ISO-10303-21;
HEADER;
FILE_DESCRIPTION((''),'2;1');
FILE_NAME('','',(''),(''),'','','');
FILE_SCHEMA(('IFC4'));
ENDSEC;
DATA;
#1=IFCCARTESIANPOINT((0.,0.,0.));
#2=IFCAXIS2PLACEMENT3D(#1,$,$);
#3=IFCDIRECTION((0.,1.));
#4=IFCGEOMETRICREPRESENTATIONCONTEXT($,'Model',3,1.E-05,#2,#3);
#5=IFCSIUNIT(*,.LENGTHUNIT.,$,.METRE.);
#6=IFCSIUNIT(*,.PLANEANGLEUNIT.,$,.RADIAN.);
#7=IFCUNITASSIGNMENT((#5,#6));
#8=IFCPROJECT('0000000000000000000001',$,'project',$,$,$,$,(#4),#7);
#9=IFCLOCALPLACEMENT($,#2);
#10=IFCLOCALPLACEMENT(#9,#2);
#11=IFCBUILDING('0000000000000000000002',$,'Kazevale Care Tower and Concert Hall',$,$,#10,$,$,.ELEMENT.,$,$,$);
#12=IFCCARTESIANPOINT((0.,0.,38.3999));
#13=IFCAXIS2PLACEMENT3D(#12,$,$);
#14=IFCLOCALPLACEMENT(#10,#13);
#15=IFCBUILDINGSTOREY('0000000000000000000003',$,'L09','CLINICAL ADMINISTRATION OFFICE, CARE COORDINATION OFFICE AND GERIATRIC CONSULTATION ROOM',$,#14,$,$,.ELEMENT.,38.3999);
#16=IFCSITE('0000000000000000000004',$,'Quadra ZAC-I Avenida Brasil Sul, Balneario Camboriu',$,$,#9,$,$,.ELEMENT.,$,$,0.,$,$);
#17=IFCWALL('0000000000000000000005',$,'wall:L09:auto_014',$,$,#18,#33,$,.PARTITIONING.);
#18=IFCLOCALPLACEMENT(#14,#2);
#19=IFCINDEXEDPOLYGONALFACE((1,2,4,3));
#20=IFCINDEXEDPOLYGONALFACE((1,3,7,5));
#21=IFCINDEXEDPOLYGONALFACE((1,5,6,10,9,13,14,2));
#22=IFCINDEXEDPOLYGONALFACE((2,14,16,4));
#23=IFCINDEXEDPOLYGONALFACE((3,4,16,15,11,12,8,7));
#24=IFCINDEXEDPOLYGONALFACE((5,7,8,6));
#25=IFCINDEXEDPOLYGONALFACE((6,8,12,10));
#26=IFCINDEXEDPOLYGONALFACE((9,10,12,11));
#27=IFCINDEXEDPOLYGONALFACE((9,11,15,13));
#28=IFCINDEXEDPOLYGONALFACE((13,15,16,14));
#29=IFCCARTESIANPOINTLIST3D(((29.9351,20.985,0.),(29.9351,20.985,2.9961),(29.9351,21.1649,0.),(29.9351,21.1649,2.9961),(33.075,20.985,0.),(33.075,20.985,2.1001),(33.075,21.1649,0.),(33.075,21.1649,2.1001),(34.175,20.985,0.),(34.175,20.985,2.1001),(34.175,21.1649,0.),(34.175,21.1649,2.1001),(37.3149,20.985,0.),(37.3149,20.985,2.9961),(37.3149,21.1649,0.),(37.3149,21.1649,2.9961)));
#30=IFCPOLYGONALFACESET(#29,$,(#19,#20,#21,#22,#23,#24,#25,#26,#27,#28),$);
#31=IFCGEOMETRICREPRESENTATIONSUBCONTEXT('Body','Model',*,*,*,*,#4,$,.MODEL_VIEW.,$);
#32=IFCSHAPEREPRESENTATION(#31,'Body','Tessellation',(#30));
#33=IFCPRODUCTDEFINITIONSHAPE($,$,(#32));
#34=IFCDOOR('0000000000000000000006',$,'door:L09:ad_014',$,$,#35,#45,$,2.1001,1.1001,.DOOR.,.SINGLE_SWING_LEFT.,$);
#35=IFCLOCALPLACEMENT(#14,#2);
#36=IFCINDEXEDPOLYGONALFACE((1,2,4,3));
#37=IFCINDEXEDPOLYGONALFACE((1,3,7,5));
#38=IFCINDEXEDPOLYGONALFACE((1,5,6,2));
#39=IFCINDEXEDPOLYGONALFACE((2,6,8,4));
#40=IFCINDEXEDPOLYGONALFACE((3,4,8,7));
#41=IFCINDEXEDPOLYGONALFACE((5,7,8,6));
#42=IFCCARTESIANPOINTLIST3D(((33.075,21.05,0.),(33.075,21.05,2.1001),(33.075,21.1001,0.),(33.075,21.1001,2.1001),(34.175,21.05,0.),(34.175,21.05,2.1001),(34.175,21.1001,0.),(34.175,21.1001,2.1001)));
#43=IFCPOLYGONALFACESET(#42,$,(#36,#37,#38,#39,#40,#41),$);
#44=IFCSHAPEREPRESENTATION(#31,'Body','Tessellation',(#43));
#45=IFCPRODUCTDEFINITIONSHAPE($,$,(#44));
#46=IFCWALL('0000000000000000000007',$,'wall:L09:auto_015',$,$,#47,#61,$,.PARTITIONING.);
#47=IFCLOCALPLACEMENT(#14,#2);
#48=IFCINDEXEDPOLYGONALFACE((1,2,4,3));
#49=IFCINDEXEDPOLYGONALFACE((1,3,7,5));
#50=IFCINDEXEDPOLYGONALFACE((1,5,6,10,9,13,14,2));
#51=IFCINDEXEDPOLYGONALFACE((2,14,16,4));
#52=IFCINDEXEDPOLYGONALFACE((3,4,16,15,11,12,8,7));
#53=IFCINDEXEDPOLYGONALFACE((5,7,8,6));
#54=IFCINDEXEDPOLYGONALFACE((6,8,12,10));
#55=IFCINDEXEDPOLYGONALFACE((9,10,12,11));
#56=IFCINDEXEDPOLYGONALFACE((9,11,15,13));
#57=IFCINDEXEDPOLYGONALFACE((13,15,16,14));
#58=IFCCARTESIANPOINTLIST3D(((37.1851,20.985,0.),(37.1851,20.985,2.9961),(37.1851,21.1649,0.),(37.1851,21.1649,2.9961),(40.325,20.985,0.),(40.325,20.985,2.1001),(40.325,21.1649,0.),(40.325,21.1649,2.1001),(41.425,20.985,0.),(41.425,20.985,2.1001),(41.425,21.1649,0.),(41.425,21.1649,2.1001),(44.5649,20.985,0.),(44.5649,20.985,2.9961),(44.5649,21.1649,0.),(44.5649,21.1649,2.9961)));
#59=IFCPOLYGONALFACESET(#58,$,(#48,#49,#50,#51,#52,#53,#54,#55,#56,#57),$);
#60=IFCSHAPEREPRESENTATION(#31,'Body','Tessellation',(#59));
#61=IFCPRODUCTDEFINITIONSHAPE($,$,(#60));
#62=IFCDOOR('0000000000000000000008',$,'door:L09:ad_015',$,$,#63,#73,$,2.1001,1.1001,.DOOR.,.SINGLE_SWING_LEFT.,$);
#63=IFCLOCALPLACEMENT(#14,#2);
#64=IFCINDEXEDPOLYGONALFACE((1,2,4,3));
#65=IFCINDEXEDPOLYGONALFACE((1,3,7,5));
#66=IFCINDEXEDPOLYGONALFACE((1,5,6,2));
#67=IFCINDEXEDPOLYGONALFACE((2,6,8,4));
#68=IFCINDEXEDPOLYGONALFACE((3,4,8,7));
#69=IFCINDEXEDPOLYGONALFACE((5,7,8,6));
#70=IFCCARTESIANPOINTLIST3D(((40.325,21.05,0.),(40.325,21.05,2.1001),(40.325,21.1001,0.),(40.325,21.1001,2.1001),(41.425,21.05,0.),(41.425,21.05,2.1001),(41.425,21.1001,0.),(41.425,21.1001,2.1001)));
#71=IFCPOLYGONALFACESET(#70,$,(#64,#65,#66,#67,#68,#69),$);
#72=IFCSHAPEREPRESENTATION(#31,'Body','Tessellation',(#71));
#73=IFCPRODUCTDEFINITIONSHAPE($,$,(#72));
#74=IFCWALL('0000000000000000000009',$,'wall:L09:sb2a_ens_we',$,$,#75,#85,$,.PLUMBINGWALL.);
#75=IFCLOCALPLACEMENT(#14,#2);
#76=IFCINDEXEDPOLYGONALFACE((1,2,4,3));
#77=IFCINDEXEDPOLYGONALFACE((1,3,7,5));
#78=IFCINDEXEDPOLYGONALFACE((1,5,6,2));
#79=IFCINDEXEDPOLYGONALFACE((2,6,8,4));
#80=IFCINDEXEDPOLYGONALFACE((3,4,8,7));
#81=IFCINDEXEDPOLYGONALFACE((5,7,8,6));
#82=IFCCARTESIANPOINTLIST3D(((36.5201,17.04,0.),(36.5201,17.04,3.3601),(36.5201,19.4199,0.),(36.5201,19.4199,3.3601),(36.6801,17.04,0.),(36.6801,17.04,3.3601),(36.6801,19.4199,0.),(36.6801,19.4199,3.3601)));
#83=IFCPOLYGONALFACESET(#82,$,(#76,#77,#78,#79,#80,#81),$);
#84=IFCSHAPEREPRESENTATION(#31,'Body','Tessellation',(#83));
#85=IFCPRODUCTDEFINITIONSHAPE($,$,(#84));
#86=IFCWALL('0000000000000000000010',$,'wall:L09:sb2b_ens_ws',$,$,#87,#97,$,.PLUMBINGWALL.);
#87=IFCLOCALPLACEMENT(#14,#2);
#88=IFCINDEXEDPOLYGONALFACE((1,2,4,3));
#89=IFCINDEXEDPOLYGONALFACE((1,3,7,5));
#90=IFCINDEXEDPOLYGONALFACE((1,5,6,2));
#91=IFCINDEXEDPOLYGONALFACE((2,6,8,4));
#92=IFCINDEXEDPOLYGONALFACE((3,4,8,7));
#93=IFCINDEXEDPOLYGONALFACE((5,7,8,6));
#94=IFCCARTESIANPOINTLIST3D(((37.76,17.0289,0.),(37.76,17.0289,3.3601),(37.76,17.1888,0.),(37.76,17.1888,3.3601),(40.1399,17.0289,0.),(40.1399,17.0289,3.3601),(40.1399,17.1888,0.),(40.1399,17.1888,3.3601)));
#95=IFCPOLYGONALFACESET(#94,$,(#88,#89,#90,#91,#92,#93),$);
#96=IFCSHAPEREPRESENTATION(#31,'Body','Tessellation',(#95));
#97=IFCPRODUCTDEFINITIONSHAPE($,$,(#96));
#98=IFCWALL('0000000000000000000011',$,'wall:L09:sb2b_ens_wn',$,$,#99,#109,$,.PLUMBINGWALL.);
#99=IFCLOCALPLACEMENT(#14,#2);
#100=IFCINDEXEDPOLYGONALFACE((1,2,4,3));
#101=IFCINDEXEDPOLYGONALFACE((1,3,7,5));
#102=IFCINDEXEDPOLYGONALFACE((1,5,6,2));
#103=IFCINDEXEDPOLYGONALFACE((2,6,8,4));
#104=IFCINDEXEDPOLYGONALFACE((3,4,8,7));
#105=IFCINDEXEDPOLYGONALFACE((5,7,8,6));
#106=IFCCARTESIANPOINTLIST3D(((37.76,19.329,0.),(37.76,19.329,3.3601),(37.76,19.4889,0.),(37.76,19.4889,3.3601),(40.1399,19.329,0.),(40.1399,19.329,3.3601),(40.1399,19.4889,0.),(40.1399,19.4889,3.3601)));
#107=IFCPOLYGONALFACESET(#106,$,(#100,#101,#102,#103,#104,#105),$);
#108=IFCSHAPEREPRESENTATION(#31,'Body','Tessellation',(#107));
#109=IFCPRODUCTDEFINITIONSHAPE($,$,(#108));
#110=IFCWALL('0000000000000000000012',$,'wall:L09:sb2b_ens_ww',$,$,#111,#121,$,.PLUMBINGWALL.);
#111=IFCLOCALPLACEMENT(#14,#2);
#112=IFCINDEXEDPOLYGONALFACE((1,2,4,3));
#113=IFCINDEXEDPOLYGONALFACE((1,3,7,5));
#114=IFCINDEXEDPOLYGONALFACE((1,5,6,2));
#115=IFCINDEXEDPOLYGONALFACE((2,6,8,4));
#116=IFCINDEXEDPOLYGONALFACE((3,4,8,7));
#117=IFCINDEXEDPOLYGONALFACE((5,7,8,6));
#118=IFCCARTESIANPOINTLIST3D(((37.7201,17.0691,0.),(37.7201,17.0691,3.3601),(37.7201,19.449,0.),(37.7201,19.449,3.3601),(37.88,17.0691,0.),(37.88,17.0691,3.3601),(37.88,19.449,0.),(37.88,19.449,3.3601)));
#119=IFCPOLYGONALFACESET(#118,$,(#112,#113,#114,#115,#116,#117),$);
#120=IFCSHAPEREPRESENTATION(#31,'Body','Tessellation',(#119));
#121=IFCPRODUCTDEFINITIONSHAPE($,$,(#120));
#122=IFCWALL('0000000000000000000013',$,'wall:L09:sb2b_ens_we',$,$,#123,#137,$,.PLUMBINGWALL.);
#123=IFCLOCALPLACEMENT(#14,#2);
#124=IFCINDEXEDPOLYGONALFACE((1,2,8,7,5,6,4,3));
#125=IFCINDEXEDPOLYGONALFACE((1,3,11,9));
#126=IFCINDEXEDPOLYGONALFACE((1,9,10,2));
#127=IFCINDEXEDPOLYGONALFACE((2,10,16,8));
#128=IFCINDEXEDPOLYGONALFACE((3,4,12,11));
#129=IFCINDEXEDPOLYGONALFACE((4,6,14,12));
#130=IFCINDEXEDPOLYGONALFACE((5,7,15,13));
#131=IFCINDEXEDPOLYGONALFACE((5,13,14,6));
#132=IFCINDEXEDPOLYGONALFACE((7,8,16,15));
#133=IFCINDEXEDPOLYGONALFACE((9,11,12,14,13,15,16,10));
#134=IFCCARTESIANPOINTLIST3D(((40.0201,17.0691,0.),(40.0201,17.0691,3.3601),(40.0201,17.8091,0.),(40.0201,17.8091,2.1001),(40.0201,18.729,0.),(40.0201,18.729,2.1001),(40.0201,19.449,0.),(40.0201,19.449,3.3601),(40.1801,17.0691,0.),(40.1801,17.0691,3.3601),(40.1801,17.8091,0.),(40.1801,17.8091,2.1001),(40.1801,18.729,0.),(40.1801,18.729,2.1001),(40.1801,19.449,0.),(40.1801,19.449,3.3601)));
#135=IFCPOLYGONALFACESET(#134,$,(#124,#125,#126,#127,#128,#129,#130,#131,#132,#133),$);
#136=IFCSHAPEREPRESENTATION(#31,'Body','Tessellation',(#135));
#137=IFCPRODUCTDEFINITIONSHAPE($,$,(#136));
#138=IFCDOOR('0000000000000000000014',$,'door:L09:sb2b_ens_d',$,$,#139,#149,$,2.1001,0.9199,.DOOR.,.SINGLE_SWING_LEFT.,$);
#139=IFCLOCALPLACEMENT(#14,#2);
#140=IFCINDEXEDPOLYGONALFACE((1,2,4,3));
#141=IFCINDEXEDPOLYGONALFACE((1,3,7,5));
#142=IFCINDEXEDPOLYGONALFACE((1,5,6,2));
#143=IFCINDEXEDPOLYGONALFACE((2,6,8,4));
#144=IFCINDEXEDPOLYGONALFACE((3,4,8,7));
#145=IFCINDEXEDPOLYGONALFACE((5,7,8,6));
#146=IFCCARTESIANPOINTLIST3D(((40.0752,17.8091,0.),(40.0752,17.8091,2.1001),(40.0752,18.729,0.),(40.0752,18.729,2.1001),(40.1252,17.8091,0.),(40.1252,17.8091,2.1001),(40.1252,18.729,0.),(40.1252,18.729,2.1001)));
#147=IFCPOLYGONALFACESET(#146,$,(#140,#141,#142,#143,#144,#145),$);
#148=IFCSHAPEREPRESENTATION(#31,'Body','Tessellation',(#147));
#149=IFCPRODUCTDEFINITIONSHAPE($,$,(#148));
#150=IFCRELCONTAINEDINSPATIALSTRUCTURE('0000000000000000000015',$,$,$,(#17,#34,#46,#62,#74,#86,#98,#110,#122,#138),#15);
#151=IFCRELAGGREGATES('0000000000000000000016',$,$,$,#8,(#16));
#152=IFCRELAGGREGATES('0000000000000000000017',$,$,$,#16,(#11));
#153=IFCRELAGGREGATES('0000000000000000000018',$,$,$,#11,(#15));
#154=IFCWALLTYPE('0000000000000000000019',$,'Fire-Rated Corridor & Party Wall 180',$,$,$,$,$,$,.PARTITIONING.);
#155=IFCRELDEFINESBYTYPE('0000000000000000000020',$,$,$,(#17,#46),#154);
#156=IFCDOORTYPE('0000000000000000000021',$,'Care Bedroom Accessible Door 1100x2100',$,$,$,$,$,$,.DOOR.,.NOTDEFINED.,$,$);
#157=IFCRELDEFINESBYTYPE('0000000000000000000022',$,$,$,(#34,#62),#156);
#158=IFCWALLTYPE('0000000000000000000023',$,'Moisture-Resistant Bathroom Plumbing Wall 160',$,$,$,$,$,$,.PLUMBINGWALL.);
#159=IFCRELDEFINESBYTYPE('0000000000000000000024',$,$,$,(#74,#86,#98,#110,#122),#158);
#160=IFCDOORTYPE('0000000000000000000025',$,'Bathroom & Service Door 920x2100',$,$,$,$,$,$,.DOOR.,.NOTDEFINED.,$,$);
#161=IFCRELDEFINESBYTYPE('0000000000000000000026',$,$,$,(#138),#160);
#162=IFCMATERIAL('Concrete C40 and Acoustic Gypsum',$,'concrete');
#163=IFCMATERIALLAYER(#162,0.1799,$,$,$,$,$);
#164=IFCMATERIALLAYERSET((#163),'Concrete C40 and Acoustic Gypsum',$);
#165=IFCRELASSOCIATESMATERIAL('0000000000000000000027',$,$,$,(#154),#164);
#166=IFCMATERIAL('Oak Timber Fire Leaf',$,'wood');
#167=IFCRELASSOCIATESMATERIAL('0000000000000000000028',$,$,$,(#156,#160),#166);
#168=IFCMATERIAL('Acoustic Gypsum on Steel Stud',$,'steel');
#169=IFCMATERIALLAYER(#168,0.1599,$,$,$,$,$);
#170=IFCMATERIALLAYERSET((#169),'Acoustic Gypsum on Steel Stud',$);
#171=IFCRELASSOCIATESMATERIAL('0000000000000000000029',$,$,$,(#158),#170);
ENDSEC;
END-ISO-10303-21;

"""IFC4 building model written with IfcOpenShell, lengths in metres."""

from ifc_helpers import new_model, si_unit, direction, frame, frame_2d, origin, place, context, subcontext, project, spatial, rectangle, extrude, material, layer, layer_set, type_object, element, fill, save


model = new_model("IFC4")

# Units and contexts
model_context = context("Model", 3, precision=1e-05, world=origin(), true_north=direction((0.0, 1.0)))
body_context = subcontext(model_context, "Body", "Model", "MODEL_VIEW")
ifc_project = project(units=[si_unit("LENGTHUNIT", "METRE"), si_unit("PLANEANGLEUNIT", "RADIAN")], contexts=[model_context])

# Site, building, storey
site_placement = place(None, origin())
site = spatial("IfcSite", under=ifc_project, at=site_placement, Name="Quadra ZAC-I Avenida Brasil Sul, Balneario Camboriu", CompositionType="ELEMENT", RefElevation=0.0)
building_placement = place(site_placement, origin())
building = spatial("IfcBuilding", under=site, at=building_placement, Name="Kazevale Care Tower and Concert Hall", CompositionType="ELEMENT")
storey_placement = place(building_placement, frame((0.0, 0.0, 38.3999)))
storey = spatial("IfcBuildingStorey", under=building, at=storey_placement, Name="L09", Description="CLINICAL ADMINISTRATION OFFICE, CARE COORDINATION OFFICE AND GERIATRIC CONSULTATION ROOM", CompositionType="ELEMENT", Elevation=38.3999)

# Shared definitions
ifc_material_1 = material(Name="Acoustic Gypsum on Steel Stud", Category="steel")

# Walls, openings, doors
ifc_material_2 = material(Name="Concrete C40 and Acoustic Gypsum", Category="concrete")
ifc_layer_1 = layer(ifc_material_2, 0.1799)
ifc_layer_set_1 = layer_set([ifc_layer_1], Name="Concrete C40 and Acoustic Gypsum")
wall_type_1 = type_object("IfcWallType", Name="Fire-Rated Corridor & Party Wall 180", PredefinedType="PARTITIONING", material=ifc_layer_set_1)
wall_1_placement = place(storey_placement, frame((37.3149, 21.075, 0.0), z_axis=(0.0, 0.0, 1.0), x_axis=(-1.0, 0.0, 0.0)))
wall_1 = element("IfcWall", 1, at=wall_1_placement, inside=storey, type_object=wall_type_1, Name="wall:L09:auto_014", PredefinedType="PARTITIONING", context=body_context, shape_type="SweptSolid", body=[
    extrude(rectangle(XDim=7.3799, YDim=0.1799, at=frame_2d((3.6899, 0.0))), origin(), (0.0, 0.0, 1.0), 2.9961),
])
opening_1_placement = place(wall_1_placement, frame((3.1399, 0.0, 0.0)))
opening_1 = element("IfcOpeningElement", 2, at=opening_1_placement, cuts=wall_1, PredefinedType="OPENING", context=body_context, shape_type="SweptSolid", body=[
    extrude(rectangle(XDim=1.1001, YDim=2.1001, at=frame_2d((0.55, 1.05))), frame((0.0, 0.0999, 0.0), z_axis=(0.0, -1.0, 0.0), x_axis=(1.0, 0.0, 0.0)), (0.0, 0.0, 1.0), 0.2),
])
ifc_material_3 = material(Name="Oak Timber Fire Leaf", Category="wood")
door_type_1 = type_object("IfcDoorType", Name="Care Bedroom Accessible Door 1100x2100", OperationType="NOTDEFINED", PredefinedType="DOOR", material=ifc_material_3)
door_1_placement = place(opening_1_placement, origin())
door_1 = element("IfcDoor", 3, at=door_1_placement, inside=storey, type_object=door_type_1, Name="door:L09:ad_014", OperationType="SINGLE_SWING_LEFT", OverallHeight=2.1001, OverallWidth=1.1001, PredefinedType="DOOR", context=body_context, shape_type="SweptSolid", body=[
    extrude(rectangle(XDim=1.1001, YDim=2.1001, at=frame_2d((0.55, 1.05))), frame((0.0, 0.0249, 0.0), z_axis=(0.0, -1.0, 0.0), x_axis=(1.0, 0.0, 0.0)), (0.0, 0.0, 1.0), 0.05),
])
fill(opening_1, door_1)
wall_2_placement = place(storey_placement, frame((44.5649, 21.075, 0.0), z_axis=(0.0, 0.0, 1.0), x_axis=(-1.0, 0.0, 0.0)))
wall_2 = element("IfcWall", 4, at=wall_2_placement, inside=storey, type_object=wall_type_1, Name="wall:L09:auto_015", PredefinedType="PARTITIONING", context=body_context, shape_type="SweptSolid", body=[
    extrude(rectangle(XDim=7.3799, YDim=0.1799, at=frame_2d((3.6899, 0.0))), origin(), (0.0, 0.0, 1.0), 2.9961),
])
opening_2_placement = place(wall_2_placement, frame((3.1399, 0.0, 0.0)))
opening_2 = element("IfcOpeningElement", 5, at=opening_2_placement, cuts=wall_2, PredefinedType="OPENING", context=body_context, shape_type="SweptSolid", body=[
    extrude(rectangle(XDim=1.1001, YDim=2.1001, at=frame_2d((0.55, 1.05))), frame((0.0, 0.0999, 0.0), z_axis=(0.0, -1.0, 0.0), x_axis=(1.0, 0.0, 0.0)), (0.0, 0.0, 1.0), 0.2),
])
door_2_placement = place(opening_2_placement, origin())
door_2 = element("IfcDoor", 6, at=door_2_placement, inside=storey, type_object=door_type_1, Name="door:L09:ad_015", OperationType="SINGLE_SWING_LEFT", OverallHeight=2.1001, OverallWidth=1.1001, PredefinedType="DOOR", context=body_context, shape_type="SweptSolid", body=[
    extrude(rectangle(XDim=1.1001, YDim=2.1001, at=frame_2d((0.55, 1.05))), frame((0.0, 0.0249, 0.0), z_axis=(0.0, -1.0, 0.0), x_axis=(1.0, 0.0, 0.0)), (0.0, 0.0, 1.0), 0.05),
])
fill(opening_2, door_2)

# Walls
ifc_layer_2 = layer(ifc_material_1, 0.1599)
ifc_layer_set_2 = layer_set([ifc_layer_2], Name="Acoustic Gypsum on Steel Stud")
wall_type_2 = type_object("IfcWallType", Name="Moisture-Resistant Bathroom Plumbing Wall 160", PredefinedType="PLUMBINGWALL", material=ifc_layer_set_2)
for number, where, z_axis, x_axis, name in (
    (7, (36.6001, 17.04, 0.0), (0.0, 0.0, 1.0), (0.0, 1.0, 0.0), "wall:L09:sb2a_ens_we"),
    (8, (37.76, 17.1089, 0.0), (0.0, 0.0, 1.0), (1.0, 0.0, 0.0), "wall:L09:sb2b_ens_ws"),
    (9, (37.76, 19.4089, 0.0), (0.0, 0.0, 1.0), (1.0, 0.0, 0.0), "wall:L09:sb2b_ens_wn"),
    (10, (37.8, 17.0691, 0.0), (0.0, 0.0, 1.0), (0.0, 1.0, 0.0), "wall:L09:sb2b_ens_ww"),
):
    element("IfcWall", number, at=place(storey_placement, frame(where, z_axis=z_axis, x_axis=x_axis)), inside=storey, type_object=wall_type_2, Name=name, PredefinedType="PLUMBINGWALL", context=body_context, shape_type="SweptSolid", body=[
        extrude(rectangle(XDim=2.3799, YDim=0.1599, at=frame_2d((1.1899, 0.0))), origin(), (0.0, 0.0, 1.0), 3.3601),
    ])

# Wall, opening, door
wall_3_placement = place(storey_placement, frame((40.1001, 17.0691, 0.0), z_axis=(0.0, 0.0, 1.0), x_axis=(0.0, 1.0, 0.0)))
wall_3 = element("IfcWall", 11, at=wall_3_placement, inside=storey, type_object=wall_type_2, Name="wall:L09:sb2b_ens_we", PredefinedType="PLUMBINGWALL", context=body_context, shape_type="SweptSolid", body=[
    extrude(rectangle(XDim=2.3799, YDim=0.1599, at=frame_2d((1.1899, 0.0))), origin(), (0.0, 0.0, 1.0), 3.3601),
])
opening_3_placement = place(wall_3_placement, frame((0.74, 0.0, 0.0)))
opening_3 = element("IfcOpeningElement", 12, at=opening_3_placement, cuts=wall_3, PredefinedType="OPENING", context=body_context, shape_type="SweptSolid", body=[
    extrude(rectangle(XDim=0.9199, YDim=2.1001, at=frame_2d((0.46, 1.05))), frame((0.0, 0.0898, 0.0), z_axis=(0.0, -1.0, 0.0), x_axis=(1.0, 0.0, 0.0)), (0.0, 0.0, 1.0), 0.1799),
])
door_type_2 = type_object("IfcDoorType", Name="Bathroom & Service Door 920x2100", OperationType="NOTDEFINED", PredefinedType="DOOR", material=ifc_material_3)
door_3_placement = place(opening_3_placement, origin())
door_3 = element("IfcDoor", 13, at=door_3_placement, inside=storey, type_object=door_type_2, Name="door:L09:sb2b_ens_d", OperationType="SINGLE_SWING_LEFT", OverallHeight=2.1001, OverallWidth=0.9199, PredefinedType="DOOR", context=body_context, shape_type="SweptSolid", body=[
    extrude(rectangle(XDim=0.9199, YDim=2.1001, at=frame_2d((0.46, 1.05))), frame((0.0, 0.0249, 0.0), z_axis=(0.0, -1.0, 0.0), x_axis=(1.0, 0.0, 0.0)), (0.0, 0.0, 1.0), 0.05),
])
fill(opening_3, door_3)

save(model, "model.ifc")
